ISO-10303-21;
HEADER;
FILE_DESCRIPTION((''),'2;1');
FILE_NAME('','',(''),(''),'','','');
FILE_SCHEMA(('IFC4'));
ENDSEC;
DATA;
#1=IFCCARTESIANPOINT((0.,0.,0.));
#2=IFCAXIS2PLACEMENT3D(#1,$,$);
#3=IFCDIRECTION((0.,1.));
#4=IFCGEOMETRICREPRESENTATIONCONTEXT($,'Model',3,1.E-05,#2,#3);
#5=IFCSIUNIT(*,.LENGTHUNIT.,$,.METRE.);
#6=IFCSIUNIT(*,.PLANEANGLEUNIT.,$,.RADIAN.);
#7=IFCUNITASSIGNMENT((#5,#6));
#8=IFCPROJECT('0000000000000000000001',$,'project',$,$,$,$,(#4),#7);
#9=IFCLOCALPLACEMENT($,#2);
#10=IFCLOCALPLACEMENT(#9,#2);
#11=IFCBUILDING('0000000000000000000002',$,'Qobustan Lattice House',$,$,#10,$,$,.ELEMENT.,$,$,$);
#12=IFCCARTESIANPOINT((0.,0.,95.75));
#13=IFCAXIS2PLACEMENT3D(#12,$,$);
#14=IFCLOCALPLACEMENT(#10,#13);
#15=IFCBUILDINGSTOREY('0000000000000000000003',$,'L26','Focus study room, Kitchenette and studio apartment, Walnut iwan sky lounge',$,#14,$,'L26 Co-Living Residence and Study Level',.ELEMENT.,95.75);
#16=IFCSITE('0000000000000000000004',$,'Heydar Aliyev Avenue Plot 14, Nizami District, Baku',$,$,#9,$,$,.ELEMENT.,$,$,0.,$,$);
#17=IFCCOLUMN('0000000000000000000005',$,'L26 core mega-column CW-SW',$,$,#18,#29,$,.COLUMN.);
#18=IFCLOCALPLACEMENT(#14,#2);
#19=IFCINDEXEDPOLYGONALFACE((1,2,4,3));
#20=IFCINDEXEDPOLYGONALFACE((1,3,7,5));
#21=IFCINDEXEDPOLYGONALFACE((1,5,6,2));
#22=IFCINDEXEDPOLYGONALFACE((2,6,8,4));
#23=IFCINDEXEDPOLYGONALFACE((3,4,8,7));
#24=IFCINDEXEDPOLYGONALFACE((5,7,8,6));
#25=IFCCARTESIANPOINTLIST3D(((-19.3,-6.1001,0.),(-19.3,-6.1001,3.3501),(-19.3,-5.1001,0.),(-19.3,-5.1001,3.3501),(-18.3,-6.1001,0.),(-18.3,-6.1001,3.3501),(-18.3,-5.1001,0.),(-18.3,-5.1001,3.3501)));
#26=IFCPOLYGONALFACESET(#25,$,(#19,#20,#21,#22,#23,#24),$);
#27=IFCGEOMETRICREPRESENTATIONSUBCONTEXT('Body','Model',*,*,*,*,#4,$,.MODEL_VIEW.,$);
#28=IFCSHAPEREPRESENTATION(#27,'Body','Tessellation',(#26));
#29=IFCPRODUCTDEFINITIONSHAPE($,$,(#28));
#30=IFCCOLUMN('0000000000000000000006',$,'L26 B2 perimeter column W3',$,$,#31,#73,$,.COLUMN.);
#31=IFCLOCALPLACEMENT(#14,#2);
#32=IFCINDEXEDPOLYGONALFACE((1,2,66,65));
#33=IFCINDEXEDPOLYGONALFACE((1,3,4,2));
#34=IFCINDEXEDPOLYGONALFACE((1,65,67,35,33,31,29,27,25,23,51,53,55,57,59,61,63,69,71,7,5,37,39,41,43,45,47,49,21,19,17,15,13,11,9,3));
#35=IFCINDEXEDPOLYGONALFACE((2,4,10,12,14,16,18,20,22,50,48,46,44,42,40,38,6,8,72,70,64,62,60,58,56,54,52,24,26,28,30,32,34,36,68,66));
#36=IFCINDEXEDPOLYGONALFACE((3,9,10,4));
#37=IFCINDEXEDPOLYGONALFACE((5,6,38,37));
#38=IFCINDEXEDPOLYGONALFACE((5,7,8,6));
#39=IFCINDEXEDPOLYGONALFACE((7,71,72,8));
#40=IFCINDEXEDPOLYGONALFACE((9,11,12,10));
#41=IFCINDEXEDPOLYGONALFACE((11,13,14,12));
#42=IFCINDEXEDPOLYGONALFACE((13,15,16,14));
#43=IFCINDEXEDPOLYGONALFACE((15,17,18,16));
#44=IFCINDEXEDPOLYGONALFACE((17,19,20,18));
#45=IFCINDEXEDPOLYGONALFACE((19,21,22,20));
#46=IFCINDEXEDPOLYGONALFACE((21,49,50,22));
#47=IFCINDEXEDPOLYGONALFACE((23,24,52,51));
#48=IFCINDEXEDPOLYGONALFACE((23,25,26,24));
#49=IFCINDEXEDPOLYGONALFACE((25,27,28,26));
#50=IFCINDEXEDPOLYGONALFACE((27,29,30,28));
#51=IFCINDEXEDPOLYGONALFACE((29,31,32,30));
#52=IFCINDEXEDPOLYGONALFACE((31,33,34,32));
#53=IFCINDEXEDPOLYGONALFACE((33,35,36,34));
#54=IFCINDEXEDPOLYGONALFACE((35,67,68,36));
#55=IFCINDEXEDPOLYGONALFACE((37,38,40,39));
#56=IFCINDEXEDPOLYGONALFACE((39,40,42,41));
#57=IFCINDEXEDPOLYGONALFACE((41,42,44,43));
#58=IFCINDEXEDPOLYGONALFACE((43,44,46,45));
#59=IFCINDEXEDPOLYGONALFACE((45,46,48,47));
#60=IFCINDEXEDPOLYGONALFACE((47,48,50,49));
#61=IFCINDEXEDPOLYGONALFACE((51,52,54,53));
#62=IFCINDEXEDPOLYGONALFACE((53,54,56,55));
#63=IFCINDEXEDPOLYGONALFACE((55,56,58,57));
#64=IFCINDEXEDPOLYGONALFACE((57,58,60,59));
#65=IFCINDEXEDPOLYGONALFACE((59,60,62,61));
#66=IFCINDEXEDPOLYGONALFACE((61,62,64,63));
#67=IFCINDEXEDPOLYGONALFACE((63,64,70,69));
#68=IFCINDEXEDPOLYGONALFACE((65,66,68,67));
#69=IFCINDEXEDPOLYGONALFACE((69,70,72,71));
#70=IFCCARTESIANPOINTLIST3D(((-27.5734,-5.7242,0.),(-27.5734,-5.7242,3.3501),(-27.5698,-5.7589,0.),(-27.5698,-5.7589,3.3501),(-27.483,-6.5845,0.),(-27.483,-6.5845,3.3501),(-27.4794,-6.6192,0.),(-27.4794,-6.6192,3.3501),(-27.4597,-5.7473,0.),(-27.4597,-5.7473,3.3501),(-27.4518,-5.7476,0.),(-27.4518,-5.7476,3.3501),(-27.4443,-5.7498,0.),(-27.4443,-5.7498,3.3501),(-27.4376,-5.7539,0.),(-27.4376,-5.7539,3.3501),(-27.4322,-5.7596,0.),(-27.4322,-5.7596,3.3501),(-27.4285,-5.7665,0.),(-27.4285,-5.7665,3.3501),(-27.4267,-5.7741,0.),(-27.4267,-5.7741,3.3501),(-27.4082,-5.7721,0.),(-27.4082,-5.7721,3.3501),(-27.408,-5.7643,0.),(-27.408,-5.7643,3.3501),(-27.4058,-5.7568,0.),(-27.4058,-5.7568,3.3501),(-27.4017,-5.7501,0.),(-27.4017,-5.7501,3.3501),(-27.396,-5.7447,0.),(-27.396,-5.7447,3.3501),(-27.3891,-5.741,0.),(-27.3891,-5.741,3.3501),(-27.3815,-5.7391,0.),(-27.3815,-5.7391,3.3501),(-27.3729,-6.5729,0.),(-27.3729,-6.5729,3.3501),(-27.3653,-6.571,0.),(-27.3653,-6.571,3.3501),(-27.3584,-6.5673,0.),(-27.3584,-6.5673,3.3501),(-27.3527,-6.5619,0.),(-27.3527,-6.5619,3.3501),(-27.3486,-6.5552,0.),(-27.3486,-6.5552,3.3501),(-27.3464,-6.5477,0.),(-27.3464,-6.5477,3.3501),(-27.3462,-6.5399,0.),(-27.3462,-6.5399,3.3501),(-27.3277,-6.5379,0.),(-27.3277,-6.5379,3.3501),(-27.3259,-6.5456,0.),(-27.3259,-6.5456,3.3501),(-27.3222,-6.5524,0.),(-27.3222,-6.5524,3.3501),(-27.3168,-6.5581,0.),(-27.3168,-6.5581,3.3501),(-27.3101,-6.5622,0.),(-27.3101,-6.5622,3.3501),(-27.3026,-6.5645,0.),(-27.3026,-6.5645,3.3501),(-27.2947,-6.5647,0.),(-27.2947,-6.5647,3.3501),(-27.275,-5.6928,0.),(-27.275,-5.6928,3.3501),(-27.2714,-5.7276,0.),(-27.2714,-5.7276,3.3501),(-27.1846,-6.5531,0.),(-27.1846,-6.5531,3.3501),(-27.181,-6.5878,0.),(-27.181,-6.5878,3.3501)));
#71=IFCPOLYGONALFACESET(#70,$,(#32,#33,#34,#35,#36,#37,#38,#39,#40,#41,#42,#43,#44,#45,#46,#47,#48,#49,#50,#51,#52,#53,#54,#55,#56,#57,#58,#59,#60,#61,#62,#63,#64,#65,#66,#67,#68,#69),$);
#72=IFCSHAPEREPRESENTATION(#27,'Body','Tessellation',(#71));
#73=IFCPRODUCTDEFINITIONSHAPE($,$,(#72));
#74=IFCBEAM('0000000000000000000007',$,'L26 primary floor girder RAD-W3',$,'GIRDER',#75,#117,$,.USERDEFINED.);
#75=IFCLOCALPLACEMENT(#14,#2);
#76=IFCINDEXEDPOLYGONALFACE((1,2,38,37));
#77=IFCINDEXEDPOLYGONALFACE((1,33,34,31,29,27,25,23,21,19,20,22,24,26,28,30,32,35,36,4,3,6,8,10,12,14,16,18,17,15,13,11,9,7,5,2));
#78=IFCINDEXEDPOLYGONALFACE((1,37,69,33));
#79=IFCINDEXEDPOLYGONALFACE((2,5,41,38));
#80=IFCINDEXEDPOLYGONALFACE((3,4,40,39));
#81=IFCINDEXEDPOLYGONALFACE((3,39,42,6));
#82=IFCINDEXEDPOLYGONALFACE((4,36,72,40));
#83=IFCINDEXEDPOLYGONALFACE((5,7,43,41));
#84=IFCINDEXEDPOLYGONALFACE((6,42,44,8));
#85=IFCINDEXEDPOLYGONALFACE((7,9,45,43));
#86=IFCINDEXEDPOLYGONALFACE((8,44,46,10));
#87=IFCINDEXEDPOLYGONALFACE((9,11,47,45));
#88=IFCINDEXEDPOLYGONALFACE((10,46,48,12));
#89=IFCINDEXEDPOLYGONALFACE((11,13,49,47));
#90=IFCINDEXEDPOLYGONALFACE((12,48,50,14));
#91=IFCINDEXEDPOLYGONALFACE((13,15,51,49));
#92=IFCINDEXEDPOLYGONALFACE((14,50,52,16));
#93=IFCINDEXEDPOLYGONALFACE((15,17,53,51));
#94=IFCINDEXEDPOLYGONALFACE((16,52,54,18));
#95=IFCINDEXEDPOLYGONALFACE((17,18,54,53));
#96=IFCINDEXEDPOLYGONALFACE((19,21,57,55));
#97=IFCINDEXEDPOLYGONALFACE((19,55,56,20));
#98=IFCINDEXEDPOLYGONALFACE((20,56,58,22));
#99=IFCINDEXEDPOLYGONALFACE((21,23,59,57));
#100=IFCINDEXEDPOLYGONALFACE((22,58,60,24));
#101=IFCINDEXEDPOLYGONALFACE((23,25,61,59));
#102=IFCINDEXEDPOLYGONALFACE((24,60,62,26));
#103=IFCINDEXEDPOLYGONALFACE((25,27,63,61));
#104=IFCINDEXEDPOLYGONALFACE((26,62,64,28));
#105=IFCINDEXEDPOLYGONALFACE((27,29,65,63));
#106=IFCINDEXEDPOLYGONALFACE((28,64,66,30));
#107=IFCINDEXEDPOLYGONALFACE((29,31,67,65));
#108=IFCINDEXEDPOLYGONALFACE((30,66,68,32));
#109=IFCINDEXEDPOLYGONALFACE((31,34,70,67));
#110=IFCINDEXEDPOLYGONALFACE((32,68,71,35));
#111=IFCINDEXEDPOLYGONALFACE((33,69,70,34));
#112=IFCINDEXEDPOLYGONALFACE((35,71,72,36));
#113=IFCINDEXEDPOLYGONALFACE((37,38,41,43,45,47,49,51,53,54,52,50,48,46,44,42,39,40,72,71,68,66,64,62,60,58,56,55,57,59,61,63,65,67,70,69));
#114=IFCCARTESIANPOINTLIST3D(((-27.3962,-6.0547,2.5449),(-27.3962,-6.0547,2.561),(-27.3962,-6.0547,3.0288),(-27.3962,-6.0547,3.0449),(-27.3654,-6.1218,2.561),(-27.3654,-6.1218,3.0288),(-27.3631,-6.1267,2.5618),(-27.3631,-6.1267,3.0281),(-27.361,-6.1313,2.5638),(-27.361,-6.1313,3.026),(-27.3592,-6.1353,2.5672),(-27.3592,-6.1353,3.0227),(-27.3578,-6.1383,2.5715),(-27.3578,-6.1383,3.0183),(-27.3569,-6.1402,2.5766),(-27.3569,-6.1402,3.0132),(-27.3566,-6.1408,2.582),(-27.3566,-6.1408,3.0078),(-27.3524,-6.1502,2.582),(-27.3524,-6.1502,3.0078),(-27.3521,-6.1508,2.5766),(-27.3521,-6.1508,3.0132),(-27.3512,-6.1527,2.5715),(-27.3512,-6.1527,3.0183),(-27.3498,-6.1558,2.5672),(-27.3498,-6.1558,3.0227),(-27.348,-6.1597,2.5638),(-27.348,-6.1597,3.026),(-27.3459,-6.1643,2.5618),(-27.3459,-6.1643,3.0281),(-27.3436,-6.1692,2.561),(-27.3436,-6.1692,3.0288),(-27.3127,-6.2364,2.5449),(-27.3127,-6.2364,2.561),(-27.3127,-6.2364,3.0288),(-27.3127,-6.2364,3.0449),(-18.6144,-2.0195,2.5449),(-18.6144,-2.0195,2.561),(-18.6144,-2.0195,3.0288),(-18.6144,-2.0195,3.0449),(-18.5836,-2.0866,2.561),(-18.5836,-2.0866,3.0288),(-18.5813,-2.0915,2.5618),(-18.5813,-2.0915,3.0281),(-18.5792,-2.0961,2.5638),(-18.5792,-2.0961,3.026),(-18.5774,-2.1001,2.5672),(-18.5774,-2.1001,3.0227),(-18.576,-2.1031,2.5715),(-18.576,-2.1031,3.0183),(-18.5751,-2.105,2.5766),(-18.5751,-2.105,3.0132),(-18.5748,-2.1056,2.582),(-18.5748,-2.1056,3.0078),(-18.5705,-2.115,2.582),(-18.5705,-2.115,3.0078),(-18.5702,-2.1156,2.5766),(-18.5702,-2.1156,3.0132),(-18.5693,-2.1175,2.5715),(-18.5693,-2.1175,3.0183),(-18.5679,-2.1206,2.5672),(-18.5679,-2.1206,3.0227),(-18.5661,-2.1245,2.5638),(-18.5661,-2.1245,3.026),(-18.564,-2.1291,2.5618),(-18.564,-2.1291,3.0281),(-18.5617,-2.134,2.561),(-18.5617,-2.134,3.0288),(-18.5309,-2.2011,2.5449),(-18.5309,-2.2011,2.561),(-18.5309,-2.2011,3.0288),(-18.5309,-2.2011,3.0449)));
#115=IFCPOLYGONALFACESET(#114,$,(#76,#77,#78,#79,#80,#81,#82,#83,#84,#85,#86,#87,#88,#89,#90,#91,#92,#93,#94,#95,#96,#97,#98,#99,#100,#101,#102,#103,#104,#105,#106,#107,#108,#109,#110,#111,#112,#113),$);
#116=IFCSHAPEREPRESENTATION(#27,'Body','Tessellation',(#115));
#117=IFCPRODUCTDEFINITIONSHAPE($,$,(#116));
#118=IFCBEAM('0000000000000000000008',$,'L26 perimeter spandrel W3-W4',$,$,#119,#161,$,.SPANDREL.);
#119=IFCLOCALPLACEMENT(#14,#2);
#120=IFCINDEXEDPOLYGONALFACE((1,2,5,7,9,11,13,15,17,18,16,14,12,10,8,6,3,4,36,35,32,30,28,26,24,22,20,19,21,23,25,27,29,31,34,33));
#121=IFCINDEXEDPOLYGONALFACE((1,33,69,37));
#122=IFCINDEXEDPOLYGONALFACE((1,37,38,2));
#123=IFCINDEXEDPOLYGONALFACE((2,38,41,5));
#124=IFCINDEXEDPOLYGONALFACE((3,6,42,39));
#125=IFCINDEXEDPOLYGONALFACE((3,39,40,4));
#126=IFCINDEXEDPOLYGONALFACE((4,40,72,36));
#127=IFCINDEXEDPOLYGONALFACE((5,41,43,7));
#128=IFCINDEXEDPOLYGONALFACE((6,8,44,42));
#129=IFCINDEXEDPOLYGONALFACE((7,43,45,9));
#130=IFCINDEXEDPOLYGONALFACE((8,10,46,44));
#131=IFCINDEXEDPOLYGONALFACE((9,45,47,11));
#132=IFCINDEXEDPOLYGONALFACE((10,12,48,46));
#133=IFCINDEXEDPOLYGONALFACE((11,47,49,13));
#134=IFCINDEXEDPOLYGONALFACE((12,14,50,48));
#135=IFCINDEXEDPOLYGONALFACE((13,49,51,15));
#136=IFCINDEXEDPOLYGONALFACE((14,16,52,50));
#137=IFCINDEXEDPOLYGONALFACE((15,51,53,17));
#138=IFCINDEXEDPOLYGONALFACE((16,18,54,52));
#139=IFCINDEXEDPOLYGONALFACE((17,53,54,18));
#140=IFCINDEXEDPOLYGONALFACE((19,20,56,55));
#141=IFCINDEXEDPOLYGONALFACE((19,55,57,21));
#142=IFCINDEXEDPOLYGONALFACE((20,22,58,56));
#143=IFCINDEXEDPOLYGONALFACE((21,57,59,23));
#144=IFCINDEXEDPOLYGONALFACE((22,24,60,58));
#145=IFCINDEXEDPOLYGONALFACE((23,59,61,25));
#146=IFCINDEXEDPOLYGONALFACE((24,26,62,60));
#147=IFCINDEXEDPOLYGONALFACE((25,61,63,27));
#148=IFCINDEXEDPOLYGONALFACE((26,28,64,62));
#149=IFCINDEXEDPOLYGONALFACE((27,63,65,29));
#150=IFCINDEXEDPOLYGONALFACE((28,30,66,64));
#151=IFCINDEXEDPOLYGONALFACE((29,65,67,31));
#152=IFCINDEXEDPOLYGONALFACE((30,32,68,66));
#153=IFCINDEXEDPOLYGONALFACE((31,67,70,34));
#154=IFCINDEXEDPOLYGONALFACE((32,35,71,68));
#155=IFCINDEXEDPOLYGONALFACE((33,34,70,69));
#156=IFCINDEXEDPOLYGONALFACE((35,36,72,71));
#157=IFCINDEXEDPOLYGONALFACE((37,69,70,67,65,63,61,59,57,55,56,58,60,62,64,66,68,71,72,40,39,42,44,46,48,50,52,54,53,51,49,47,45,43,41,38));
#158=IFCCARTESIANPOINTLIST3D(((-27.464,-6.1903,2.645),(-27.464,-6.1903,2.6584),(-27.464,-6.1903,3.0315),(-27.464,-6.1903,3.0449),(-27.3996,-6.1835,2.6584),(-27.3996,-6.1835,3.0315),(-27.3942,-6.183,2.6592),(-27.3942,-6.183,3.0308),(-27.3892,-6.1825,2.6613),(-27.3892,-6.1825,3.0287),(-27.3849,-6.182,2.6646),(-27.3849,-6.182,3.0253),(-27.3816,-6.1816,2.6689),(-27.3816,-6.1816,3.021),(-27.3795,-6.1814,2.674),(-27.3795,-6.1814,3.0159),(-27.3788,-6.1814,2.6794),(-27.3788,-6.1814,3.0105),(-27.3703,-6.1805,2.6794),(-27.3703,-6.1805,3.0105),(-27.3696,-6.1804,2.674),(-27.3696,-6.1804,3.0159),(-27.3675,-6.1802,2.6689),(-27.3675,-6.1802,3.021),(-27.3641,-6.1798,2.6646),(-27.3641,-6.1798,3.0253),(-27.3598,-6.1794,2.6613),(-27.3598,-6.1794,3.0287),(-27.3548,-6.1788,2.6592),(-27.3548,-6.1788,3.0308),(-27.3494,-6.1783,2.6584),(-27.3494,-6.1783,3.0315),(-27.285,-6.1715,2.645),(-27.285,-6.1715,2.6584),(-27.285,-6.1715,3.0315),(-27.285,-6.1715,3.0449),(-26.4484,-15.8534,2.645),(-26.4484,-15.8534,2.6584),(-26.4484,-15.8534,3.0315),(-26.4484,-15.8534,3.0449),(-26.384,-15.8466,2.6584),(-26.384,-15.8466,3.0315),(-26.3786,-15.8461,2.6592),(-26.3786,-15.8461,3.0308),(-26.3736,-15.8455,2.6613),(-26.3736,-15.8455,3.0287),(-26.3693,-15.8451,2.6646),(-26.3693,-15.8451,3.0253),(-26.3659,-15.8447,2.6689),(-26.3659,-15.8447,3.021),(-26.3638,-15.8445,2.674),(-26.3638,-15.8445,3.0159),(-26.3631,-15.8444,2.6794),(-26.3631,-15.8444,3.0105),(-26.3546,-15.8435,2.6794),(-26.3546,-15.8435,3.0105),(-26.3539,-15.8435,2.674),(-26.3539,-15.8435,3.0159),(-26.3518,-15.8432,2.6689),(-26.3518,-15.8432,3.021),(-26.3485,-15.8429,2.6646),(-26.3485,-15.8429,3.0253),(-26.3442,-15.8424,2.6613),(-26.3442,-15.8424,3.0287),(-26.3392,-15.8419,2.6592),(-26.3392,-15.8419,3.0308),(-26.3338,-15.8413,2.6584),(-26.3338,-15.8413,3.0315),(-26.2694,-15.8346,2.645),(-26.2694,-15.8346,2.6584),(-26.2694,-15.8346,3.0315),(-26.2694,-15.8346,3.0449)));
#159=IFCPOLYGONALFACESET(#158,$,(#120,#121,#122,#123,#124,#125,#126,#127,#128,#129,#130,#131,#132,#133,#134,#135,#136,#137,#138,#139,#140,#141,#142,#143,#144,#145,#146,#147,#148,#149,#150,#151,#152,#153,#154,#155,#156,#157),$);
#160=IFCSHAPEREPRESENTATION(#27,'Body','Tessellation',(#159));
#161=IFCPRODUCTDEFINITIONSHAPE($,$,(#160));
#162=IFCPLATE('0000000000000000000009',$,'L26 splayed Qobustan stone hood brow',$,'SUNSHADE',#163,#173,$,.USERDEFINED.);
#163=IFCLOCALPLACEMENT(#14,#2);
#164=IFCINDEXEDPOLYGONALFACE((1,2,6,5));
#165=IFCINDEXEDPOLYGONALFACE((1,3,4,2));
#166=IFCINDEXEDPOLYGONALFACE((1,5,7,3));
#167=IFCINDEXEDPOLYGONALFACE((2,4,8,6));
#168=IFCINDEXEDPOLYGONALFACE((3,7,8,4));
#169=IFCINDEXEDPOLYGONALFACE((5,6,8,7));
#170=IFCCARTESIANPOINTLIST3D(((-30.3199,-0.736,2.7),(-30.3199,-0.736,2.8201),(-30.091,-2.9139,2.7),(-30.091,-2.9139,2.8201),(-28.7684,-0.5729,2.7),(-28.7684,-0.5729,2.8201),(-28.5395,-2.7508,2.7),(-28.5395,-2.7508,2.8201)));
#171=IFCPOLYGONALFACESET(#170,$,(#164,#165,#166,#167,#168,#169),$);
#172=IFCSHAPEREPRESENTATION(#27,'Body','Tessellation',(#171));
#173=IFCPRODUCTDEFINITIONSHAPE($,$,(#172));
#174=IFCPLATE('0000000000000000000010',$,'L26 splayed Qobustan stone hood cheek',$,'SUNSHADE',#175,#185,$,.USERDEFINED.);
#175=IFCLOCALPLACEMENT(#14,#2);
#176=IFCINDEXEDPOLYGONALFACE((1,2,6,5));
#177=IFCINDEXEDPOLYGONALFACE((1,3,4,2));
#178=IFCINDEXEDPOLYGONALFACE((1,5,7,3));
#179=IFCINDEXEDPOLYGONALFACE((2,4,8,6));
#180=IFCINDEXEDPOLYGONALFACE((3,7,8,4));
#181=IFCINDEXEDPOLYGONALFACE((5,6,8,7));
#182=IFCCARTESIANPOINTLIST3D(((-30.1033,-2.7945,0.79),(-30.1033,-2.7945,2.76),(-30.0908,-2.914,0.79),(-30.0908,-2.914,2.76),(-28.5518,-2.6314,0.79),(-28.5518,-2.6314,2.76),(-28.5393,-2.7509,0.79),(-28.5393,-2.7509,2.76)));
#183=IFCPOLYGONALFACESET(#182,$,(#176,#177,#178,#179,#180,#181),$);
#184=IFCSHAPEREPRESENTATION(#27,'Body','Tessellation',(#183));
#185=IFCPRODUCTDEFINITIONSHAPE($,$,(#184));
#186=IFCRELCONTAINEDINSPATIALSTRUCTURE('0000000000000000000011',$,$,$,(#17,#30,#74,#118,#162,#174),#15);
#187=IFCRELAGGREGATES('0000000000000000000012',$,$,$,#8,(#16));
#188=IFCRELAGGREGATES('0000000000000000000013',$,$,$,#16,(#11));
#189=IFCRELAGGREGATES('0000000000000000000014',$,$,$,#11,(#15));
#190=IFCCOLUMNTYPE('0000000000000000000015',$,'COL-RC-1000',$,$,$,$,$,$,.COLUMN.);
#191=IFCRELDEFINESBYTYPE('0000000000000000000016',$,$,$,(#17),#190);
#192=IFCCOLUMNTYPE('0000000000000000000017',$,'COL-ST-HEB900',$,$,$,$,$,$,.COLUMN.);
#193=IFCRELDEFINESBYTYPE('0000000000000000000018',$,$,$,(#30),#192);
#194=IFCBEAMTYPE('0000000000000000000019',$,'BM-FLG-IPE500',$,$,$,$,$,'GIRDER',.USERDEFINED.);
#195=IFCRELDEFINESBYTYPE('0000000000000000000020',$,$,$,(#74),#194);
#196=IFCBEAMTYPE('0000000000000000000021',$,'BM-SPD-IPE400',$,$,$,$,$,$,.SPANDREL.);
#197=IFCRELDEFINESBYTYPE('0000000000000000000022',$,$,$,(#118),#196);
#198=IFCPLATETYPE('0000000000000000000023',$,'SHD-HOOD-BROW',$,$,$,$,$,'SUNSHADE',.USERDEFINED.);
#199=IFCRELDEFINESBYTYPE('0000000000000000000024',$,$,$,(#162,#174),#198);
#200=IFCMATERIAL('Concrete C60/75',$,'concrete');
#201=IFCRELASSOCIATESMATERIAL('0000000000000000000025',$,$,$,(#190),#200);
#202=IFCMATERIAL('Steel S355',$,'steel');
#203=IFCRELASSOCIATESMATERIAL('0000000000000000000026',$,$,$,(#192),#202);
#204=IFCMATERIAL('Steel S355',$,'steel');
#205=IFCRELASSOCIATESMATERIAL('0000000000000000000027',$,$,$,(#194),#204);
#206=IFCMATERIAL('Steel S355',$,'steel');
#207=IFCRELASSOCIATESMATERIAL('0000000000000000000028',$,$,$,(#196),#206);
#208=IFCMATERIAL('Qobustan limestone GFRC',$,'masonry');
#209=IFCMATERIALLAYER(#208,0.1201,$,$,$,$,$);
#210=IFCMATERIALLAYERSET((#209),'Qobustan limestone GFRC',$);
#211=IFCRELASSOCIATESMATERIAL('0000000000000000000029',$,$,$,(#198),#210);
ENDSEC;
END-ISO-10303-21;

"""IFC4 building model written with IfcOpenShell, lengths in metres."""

from ifc_helpers import new_model, si_unit, direction, frame, origin, origin_2d, place, context, subcontext, project, spatial, rectangle, i_section, extrude, material, layer, layer_set, material_profile, profile_set, type_object, element, save


model = new_model("IFC4")

# Units and contexts
model_context = context("Model", 3, precision=1e-05, world=origin(), true_north=direction((0.0, 1.0)))
body_context = subcontext(model_context, "Body", "Model", "MODEL_VIEW")
ifc_project = project(units=[si_unit("LENGTHUNIT", "METRE"), si_unit("PLANEANGLEUNIT", "RADIAN")], contexts=[model_context])

# Site, building, storey
site_placement = place(None, origin())
site = spatial("IfcSite", under=ifc_project, at=site_placement, Name="Heydar Aliyev Avenue Plot 14, Nizami District, Baku", CompositionType="ELEMENT", RefElevation=0.0)
building_placement = place(site_placement, origin())
building = spatial("IfcBuilding", under=site, at=building_placement, Name="Qobustan Lattice House", CompositionType="ELEMENT")
storey_placement = place(building_placement, frame((0.0, 0.0, 95.75)))
storey = spatial("IfcBuildingStorey", under=building, at=storey_placement, Name="L26", Description="Focus study room, Kitchenette and studio apartment, Walnut iwan sky lounge", LongName="L26 Co-Living Residence and Study Level", CompositionType="ELEMENT", Elevation=95.75)

# Columns
ifc_material_1 = material(Name="Concrete C60/75", Category="concrete")
ifc_material_profile_1 = material_profile(ifc_material_1, rectangle(XDim=1.0, YDim=1.0, at=origin_2d()), Name="RC1000x1000")
ifc_profile_set_1 = profile_set([ifc_material_profile_1], Name="Concrete C60/75")
column_type_1 = type_object("IfcColumnType", Name="COL-RC-1000", PredefinedType="COLUMN", material=ifc_profile_set_1)
column_1_placement = place(storey_placement, frame((-18.8, -5.6001, 0.0), z_axis=(0.0, 0.0, 1.0), x_axis=(1.0, 0.0, 0.0)))
element("IfcColumn", 1, at=column_1_placement, inside=storey, type_object=column_type_1, Name="L26 core mega-column CW-SW", PredefinedType="COLUMN", context=body_context, shape_type="SweptSolid", body=[
    extrude(rectangle(XDim=1.0, YDim=1.0, at=origin_2d()), origin(), (0.0, 0.0, 1.0), 3.3501),
])
ifc_material_2 = material(Name="Steel S355", Category="steel")
ifc_material_profile_2 = material_profile(ifc_material_2, i_section(OverallWidth=0.3, OverallDepth=0.8999, WebThickness=0.0186, FlangeThickness=0.0349, FilletRadius=0.03, at=origin_2d()), Name="HEB900")
ifc_profile_set_2 = profile_set([ifc_material_profile_2], Name="Steel S355")
column_type_2 = type_object("IfcColumnType", Name="COL-ST-HEB900", PredefinedType="COLUMN", material=ifc_profile_set_2)
column_2_placement = place(storey_placement, frame((-27.3772, -6.156, 0.0), z_axis=(0.0, 0.0, 1.0), x_axis=(0.994522, 0.104528, 0.0)))
element("IfcColumn", 2, at=column_2_placement, inside=storey, type_object=column_type_2, Name="L26 B2 perimeter column W3", PredefinedType="COLUMN", context=body_context, shape_type="SweptSolid", body=[
    extrude(i_section(OverallWidth=0.3, OverallDepth=0.8999, WebThickness=0.0186, FlangeThickness=0.0349, FilletRadius=0.03, at=origin_2d()), origin(), (0.0, 0.0, 1.0), 3.3501),
])

# Beams
ifc_material_3 = material(Name="Steel S355", Category="steel")
ifc_material_profile_3 = material_profile(ifc_material_3, i_section(OverallWidth=0.2, OverallDepth=0.5, WebThickness=0.0103, FlangeThickness=0.0161, FilletRadius=0.021, at=origin_2d()), Name="IPE500")
ifc_profile_set_3 = profile_set([ifc_material_profile_3], Name="Steel S355")
beam_type_1 = type_object("IfcBeamType", Name="BM-FLG-IPE500", ElementType="GIRDER", PredefinedType="USERDEFINED", material=ifc_profile_set_3)
beam_1_placement = place(storey_placement, frame((-27.3545, -6.1455, 2.7949), z_axis=(0.908665, 0.417526, 0.0), x_axis=(-0.417526, 0.908665, 0.0)))
element("IfcBeam", 3, at=beam_1_placement, inside=storey, type_object=beam_type_1, Name="L26 primary floor girder RAD-W3", ObjectType="GIRDER", PredefinedType="USERDEFINED", context=body_context, shape_type="SweptSolid", body=[
    extrude(i_section(OverallWidth=0.2, OverallDepth=0.5, WebThickness=0.0103, FlangeThickness=0.0161, FilletRadius=0.021, at=origin_2d()), origin(), (0.0, 0.0, 1.0), 9.6646),
])
ifc_material_4 = material(Name="Steel S355", Category="steel")
ifc_material_profile_4 = material_profile(ifc_material_4, i_section(OverallWidth=0.1799, OverallDepth=0.3999, WebThickness=0.0085, FlangeThickness=0.0134, FilletRadius=0.021, at=origin_2d()), Name="IPE400")
ifc_profile_set_4 = profile_set([ifc_material_profile_4], Name="Steel S355")
beam_type_2 = type_object("IfcBeamType", Name="BM-SPD-IPE400", PredefinedType="SPANDREL", material=ifc_profile_set_4)
beam_2_placement = place(storey_placement, frame((-27.3745, -6.1809, 2.845), z_axis=(0.104528, -0.994522, 0.0), x_axis=(0.994522, 0.104528, 0.0)))
element("IfcBeam", 4, at=beam_2_placement, inside=storey, type_object=beam_type_2, Name="L26 perimeter spandrel W3-W4", PredefinedType="SPANDREL", context=body_context, shape_type="SweptSolid", body=[
    extrude(i_section(OverallWidth=0.1799, OverallDepth=0.3999, WebThickness=0.0085, FlangeThickness=0.0134, FilletRadius=0.021, at=origin_2d()), origin(), (0.0, 0.0, 1.0), 9.7163),
])

# Plates
ifc_material_5 = material(Name="Qobustan limestone GFRC", Category="masonry")
ifc_layer_1 = layer(ifc_material_5, 0.1201)
ifc_layer_set_1 = layer_set([ifc_layer_1], Name="Qobustan limestone GFRC")
plate_type = type_object("IfcPlateType", Name="SHD-HOOD-BROW", ElementType="SUNSHADE", PredefinedType="USERDEFINED", material=ifc_layer_set_1)
plate_1_placement = place(storey_placement, frame((-29.4297, -1.7434, 2.7), z_axis=(0.0, 0.0, 1.0), x_axis=(-0.104528, 0.994522, 0.0)))
element("IfcPlate", 5, at=plate_1_placement, inside=storey, type_object=plate_type, Name="L26 splayed Qobustan stone hood brow", ObjectType="SUNSHADE", PredefinedType="USERDEFINED", context=body_context, shape_type="SweptSolid", body=[
    extrude(rectangle(XDim=2.1899, YDim=1.5601, at=origin_2d()), origin(), (0.0, 0.0, 1.0), 0.1201),
])
plate_2_placement = place(storey_placement, frame((-29.3213, -2.7727, 0.79), z_axis=(0.0, 0.0, 1.0), x_axis=(-0.104528, 0.994522, 0.0)))
element("IfcPlate", 6, at=plate_2_placement, inside=storey, type_object=plate_type, Name="L26 splayed Qobustan stone hood cheek", ObjectType="SUNSHADE", PredefinedType="USERDEFINED", context=body_context, shape_type="SweptSolid", body=[
    extrude(rectangle(XDim=0.1201, YDim=1.5601, at=origin_2d()), origin(), (0.0, 0.0, 1.0), 1.97),
])

save(model, "model.ifc")
